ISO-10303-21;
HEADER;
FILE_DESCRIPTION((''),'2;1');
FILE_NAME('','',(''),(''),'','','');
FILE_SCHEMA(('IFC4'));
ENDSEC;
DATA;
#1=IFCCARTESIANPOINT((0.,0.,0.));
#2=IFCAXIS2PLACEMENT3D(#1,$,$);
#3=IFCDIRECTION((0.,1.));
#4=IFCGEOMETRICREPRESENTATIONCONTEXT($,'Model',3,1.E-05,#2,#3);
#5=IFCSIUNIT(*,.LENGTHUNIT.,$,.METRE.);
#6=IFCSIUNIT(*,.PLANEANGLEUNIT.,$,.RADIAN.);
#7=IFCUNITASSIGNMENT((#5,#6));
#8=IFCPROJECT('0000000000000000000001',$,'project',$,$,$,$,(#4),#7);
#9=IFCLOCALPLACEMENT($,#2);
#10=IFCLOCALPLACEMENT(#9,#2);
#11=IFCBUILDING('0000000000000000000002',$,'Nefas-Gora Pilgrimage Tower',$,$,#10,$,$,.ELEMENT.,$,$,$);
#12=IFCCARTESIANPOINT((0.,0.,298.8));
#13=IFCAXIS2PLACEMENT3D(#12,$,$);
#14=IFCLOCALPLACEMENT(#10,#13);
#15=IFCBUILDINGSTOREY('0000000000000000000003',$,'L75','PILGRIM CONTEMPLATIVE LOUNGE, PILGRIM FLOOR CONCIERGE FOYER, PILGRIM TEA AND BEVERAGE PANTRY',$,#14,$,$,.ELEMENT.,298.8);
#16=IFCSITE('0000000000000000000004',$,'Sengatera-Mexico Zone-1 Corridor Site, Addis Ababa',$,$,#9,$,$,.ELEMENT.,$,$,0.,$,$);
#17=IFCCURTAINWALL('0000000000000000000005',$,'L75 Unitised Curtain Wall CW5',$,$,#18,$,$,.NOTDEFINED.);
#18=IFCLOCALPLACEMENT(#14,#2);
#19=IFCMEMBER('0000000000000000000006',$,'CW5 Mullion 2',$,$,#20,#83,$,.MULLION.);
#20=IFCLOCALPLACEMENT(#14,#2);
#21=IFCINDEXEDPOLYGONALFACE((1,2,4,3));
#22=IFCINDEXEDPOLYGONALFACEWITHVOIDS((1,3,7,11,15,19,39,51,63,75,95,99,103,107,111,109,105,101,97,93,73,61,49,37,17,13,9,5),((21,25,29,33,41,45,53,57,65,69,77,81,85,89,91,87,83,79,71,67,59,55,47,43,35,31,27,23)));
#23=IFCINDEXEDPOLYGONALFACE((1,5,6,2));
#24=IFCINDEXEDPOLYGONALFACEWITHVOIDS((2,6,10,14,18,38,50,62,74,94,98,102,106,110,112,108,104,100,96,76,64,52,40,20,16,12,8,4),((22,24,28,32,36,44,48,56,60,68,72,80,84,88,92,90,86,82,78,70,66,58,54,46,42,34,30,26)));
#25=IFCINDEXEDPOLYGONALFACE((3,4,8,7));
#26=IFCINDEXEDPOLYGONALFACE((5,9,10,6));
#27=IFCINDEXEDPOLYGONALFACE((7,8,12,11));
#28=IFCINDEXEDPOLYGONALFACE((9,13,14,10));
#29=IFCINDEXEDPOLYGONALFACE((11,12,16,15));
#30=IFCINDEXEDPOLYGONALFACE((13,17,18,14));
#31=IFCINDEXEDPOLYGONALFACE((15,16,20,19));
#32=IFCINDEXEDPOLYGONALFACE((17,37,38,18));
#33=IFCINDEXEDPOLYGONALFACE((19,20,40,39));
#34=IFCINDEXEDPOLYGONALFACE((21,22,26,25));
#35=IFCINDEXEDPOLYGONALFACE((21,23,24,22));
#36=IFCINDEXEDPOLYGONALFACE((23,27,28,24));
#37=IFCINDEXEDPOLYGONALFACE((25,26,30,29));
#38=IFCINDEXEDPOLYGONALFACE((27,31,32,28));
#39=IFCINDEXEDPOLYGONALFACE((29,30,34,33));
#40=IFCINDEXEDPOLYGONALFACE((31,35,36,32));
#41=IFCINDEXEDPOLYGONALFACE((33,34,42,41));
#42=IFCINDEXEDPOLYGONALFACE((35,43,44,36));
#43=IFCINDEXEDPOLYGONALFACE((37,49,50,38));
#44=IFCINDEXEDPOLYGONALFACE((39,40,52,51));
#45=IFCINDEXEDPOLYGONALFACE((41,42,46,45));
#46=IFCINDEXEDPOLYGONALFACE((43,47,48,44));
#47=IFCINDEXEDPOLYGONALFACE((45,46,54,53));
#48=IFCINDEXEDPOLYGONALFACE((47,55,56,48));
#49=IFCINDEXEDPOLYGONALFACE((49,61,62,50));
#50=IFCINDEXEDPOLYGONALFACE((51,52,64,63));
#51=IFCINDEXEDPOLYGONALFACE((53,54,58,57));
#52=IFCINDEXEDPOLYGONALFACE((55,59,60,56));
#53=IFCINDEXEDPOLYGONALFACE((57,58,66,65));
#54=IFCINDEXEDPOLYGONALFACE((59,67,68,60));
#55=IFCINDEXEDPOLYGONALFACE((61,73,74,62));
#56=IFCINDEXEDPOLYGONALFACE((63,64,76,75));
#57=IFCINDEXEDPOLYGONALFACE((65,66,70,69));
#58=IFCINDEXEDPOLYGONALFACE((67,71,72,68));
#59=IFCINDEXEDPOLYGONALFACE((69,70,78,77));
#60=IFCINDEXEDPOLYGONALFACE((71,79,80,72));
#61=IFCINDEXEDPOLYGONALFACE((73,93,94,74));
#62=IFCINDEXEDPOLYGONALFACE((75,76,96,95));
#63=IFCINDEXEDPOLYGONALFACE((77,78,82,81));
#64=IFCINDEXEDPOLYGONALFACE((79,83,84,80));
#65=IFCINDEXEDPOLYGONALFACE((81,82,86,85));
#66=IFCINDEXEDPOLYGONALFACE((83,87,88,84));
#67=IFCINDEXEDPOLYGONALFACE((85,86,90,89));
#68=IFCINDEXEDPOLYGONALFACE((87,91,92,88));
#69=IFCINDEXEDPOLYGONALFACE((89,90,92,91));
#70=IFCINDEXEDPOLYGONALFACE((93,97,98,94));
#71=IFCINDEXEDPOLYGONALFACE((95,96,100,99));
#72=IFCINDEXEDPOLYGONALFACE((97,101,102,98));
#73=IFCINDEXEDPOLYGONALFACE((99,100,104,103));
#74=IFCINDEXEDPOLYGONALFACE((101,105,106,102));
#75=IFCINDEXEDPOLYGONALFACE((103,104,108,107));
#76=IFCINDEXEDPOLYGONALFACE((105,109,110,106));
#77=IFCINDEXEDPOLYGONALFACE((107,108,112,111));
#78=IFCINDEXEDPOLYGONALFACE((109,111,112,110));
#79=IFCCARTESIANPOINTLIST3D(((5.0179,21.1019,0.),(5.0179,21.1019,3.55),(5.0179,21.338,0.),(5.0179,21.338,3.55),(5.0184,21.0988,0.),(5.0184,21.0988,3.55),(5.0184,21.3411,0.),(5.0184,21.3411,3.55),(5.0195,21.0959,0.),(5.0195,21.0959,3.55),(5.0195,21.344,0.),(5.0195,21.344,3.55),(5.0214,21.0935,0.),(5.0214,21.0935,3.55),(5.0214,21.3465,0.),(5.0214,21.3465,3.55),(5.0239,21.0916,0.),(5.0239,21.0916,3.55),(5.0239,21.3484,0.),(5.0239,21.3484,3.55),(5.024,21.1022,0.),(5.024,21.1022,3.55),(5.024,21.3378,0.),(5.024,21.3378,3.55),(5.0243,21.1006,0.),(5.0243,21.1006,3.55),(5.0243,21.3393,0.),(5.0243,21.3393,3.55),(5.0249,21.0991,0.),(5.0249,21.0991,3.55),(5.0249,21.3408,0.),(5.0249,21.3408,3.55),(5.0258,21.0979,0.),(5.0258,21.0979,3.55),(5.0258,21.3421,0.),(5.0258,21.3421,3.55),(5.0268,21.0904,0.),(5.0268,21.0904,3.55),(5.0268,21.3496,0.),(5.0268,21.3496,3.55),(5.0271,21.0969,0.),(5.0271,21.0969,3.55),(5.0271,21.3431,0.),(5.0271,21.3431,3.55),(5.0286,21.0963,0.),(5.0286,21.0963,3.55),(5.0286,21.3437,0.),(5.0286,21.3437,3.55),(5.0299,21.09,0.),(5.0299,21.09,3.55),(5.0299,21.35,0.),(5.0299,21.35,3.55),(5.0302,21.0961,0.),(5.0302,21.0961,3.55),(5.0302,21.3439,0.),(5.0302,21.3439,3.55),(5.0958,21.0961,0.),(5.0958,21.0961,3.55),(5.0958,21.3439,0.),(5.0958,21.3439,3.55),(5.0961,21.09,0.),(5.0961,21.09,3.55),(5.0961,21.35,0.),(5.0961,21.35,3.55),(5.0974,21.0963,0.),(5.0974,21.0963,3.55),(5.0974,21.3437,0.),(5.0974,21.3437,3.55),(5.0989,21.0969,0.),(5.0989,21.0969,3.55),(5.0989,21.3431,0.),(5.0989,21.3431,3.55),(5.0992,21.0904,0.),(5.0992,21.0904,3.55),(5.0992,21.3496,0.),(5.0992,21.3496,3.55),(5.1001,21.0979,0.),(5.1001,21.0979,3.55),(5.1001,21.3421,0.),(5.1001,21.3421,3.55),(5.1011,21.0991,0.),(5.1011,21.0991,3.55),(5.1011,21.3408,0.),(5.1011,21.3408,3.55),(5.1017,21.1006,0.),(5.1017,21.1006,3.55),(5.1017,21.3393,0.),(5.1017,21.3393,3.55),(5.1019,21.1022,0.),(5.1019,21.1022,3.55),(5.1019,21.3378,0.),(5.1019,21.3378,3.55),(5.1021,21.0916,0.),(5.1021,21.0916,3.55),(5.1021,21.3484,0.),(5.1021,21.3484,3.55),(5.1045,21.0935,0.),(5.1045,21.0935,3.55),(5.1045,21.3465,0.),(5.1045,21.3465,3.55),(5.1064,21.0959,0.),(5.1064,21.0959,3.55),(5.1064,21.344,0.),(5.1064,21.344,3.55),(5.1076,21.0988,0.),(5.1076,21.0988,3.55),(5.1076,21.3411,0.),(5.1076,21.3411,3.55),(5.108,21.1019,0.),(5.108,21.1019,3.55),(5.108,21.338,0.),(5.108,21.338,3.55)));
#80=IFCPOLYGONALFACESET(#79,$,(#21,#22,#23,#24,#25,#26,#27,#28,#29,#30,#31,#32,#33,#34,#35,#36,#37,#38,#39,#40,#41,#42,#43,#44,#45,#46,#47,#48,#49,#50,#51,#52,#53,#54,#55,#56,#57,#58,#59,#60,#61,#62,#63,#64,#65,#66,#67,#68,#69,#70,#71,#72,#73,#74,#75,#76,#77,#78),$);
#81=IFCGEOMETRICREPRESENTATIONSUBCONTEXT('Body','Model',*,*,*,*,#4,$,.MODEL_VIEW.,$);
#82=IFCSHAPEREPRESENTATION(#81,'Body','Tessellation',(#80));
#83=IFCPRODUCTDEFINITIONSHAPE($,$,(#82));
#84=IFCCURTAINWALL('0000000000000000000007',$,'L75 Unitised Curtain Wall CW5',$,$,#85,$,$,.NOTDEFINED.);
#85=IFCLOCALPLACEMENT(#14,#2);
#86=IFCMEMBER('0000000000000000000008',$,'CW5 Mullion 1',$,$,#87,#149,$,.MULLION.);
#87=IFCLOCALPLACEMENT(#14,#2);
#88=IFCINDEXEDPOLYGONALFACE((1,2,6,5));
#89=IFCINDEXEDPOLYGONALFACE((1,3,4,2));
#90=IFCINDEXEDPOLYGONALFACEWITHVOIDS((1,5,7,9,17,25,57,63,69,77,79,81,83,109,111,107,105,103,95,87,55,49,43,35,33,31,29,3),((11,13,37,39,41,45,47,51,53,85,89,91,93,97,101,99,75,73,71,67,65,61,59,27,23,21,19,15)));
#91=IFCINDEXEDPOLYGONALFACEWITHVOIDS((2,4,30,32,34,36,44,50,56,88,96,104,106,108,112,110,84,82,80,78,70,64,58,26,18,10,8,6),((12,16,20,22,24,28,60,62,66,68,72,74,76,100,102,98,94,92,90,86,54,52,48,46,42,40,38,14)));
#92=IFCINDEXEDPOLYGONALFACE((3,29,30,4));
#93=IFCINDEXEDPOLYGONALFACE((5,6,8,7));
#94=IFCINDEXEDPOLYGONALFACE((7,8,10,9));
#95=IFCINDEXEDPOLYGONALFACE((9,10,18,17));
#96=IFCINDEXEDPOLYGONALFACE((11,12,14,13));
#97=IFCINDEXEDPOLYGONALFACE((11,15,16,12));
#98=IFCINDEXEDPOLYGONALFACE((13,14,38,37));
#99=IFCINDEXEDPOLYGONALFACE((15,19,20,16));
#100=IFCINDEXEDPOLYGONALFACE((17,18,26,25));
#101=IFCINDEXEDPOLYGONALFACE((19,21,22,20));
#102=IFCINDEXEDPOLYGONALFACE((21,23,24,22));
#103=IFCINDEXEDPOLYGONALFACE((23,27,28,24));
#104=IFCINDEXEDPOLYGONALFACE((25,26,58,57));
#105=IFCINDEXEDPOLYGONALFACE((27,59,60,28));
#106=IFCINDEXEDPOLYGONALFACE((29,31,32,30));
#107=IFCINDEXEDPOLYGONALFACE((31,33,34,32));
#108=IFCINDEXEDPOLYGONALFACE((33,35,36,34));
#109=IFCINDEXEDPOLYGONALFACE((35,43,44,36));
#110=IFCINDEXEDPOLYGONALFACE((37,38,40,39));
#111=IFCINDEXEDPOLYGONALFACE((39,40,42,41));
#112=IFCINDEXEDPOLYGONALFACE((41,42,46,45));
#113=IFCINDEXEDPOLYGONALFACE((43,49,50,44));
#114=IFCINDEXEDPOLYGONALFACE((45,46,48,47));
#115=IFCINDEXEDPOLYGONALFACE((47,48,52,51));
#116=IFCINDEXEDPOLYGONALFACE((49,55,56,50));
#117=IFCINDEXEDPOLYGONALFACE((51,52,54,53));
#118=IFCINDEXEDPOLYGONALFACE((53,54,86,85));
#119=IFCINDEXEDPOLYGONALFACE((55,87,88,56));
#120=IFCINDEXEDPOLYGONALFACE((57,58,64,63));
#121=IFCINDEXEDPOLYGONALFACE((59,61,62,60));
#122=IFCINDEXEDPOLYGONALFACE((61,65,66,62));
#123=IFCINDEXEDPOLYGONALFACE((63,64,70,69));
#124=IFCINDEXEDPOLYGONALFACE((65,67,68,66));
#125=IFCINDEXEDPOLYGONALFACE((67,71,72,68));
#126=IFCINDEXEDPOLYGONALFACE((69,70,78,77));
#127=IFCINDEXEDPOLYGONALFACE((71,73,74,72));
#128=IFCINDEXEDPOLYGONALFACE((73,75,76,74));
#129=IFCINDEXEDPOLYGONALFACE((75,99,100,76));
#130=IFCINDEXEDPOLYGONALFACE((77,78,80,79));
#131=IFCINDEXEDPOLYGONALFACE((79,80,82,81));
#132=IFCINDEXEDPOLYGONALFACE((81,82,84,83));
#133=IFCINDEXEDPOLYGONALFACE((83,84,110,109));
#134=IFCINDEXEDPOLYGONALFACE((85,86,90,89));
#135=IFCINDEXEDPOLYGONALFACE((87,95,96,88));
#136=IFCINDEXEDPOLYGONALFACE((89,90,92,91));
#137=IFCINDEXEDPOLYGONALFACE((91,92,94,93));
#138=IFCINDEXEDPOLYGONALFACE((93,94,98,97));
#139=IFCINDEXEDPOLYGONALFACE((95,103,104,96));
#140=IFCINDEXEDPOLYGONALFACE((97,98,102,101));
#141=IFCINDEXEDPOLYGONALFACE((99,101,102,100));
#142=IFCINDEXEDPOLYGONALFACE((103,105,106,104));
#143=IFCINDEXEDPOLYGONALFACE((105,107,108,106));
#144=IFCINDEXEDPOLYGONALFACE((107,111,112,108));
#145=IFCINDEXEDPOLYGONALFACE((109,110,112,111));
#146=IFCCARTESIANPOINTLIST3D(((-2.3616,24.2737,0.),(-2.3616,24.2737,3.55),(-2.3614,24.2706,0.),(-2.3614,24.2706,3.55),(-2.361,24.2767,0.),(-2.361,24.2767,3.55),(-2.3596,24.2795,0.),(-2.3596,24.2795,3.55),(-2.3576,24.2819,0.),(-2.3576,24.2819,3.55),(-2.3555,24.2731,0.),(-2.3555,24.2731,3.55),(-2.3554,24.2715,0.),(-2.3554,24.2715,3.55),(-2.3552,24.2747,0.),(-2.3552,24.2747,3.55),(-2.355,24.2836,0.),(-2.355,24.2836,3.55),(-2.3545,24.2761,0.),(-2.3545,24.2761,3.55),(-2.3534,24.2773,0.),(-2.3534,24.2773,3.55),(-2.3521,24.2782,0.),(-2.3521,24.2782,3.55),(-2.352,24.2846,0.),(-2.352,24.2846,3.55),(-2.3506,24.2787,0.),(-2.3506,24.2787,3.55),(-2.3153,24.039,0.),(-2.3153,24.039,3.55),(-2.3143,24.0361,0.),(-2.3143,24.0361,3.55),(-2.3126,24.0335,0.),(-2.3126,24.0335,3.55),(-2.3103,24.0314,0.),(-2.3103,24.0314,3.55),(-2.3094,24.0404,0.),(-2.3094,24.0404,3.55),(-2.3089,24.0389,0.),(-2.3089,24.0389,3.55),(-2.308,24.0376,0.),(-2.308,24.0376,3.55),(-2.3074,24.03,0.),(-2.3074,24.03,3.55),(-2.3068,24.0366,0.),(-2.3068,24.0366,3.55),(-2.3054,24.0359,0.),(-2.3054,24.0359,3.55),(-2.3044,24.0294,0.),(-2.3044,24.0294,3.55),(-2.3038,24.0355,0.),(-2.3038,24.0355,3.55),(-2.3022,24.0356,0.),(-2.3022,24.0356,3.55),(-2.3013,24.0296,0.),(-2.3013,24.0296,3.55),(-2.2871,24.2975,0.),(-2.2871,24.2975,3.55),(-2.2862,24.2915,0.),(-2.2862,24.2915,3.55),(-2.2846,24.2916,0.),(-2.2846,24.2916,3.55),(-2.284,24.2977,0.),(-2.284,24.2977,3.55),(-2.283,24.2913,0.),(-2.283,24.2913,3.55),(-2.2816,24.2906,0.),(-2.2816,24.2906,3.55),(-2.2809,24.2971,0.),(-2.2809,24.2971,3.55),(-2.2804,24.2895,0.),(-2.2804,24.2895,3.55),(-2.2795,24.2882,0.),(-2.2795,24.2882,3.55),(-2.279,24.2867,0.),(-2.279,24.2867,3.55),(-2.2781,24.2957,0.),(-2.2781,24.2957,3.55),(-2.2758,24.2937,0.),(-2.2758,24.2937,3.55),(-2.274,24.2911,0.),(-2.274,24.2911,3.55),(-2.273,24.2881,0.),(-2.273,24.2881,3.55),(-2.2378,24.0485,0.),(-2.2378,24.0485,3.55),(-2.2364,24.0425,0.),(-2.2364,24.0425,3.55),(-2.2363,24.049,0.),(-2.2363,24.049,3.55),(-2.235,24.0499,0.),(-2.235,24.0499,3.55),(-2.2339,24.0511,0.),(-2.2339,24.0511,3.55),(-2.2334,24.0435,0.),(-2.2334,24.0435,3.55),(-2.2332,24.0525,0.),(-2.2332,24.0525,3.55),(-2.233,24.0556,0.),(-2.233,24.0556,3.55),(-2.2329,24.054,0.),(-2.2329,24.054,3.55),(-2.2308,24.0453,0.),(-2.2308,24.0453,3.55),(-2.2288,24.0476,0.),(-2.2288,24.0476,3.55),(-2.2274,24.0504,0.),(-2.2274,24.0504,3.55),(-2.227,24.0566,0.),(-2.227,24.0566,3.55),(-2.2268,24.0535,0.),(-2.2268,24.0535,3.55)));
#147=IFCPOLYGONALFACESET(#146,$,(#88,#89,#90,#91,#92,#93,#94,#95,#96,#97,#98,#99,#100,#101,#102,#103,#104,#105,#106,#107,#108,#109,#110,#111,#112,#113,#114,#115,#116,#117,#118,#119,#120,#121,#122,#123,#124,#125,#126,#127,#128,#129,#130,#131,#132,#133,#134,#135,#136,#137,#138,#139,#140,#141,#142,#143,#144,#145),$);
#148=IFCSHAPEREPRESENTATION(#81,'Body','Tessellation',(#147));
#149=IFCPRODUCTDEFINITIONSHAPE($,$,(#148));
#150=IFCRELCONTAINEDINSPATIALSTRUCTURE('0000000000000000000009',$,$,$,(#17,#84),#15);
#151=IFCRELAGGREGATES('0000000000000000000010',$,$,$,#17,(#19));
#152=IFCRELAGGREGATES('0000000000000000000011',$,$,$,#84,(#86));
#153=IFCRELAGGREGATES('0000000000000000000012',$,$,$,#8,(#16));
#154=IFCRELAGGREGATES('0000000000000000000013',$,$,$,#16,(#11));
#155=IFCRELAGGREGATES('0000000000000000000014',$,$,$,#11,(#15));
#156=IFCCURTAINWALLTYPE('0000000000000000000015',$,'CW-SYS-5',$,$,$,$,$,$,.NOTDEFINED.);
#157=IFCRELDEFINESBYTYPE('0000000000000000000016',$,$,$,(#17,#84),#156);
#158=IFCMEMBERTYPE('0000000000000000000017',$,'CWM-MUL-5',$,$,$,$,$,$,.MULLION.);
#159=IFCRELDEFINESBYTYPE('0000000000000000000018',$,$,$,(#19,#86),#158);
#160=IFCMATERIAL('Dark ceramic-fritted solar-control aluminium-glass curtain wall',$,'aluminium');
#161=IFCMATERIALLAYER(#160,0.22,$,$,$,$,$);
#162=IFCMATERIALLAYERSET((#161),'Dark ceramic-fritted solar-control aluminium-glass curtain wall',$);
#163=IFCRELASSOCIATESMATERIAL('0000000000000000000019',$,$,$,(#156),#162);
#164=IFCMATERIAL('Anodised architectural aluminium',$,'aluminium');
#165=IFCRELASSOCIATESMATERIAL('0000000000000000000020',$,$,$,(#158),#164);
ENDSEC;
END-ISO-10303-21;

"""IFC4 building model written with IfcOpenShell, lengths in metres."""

from ifc_helpers import new_model, si_unit, direction, frame, origin, origin_2d, place, context, subcontext, project, spatial, hollow_rectangle, extrude, source, transform, mapped, material, layer, layer_set, material_profile, profile_set, type_object, element, aggregate, save


model = new_model("IFC4")

# Units and contexts
model_context = context("Model", 3, precision=1e-05, world=origin(), true_north=direction((0.0, 1.0)))
body_context = subcontext(model_context, "Body", "Model", "MODEL_VIEW")
ifc_project = project(units=[si_unit("LENGTHUNIT", "METRE"), si_unit("PLANEANGLEUNIT", "RADIAN")], contexts=[model_context])

# Site, building, storey
site_placement = place(None, origin())
site = spatial("IfcSite", under=ifc_project, at=site_placement, Name="Sengatera-Mexico Zone-1 Corridor Site, Addis Ababa", CompositionType="ELEMENT", RefElevation=0.0)
building_placement = place(site_placement, origin())
building = spatial("IfcBuilding", under=site, at=building_placement, Name="Nefas-Gora Pilgrimage Tower", CompositionType="ELEMENT")
storey_placement = place(building_placement, frame((0.0, 0.0, 298.8)))
storey = spatial("IfcBuildingStorey", under=building, at=storey_placement, Name="L75", Description="PILGRIM CONTEMPLATIVE LOUNGE, PILGRIM FLOOR CONCIERGE FOYER, PILGRIM TEA AND BEVERAGE PANTRY", CompositionType="ELEMENT", Elevation=298.8)

# Curtain wall, member
ifc_material_1 = material(Name="Dark ceramic-fritted solar-control aluminium-glass curtain wall", Category="aluminium")
ifc_layer_1 = layer(ifc_material_1, 0.22)
ifc_layer_set_1 = layer_set([ifc_layer_1], Name="Dark ceramic-fritted solar-control aluminium-glass curtain wall")
curtain_wall_type = type_object("IfcCurtainWallType", Name="CW-SYS-5", PredefinedType="NOTDEFINED", material=ifc_layer_set_1)
curtain_wall_1_placement = place(storey_placement, origin())
curtain_wall_1 = element("IfcCurtainWall", 1, at=curtain_wall_1_placement, inside=storey, type_object=curtain_wall_type, Name="L75 Unitised Curtain Wall CW5", PredefinedType="NOTDEFINED")
ifc_material_2 = material(Name="Anodised architectural aluminium", Category="aluminium")
ifc_material_profile_1 = material_profile(ifc_material_2, hollow_rectangle(XDim=0.0901, YDim=0.26, WallThickness=0.0061, InnerFilletRadius=0.0061, OuterFilletRadius=0.012, at=origin_2d()), Name="ALU MULLION 90x260")
ifc_profile_set_1 = profile_set([ifc_material_profile_1], Name="Anodised architectural aluminium")
member_type_1 = type_object("IfcMemberType", Name="CWM-MUL-5", PredefinedType="MULLION", material=ifc_profile_set_1)
shared_shape_1 = source(origin(), body_context, "Body", "SweptSolid", [
    extrude(hollow_rectangle(XDim=0.0901, YDim=0.26, WallThickness=0.0061, InnerFilletRadius=0.0061, OuterFilletRadius=0.012, at=origin_2d()), origin(), (0.0, 0.0, 1.0), 3.55),
])
member_1_placement = place(storey_placement, frame((5.063, 21.22, 0.0), z_axis=(0.0, 0.0, 1.0), x_axis=(-1.0, 0.0, 0.0)))
member_1 = element("IfcMember", 2, at=member_1_placement, type_object=member_type_1, Name="CW5 Mullion 2", PredefinedType="MULLION", context=body_context, shape_type="MappedRepresentation", body=[
    mapped(shared_shape_1, transform((0.0, 0.0, 0.0), x_axis=(1.0, 0.0, 0.0), y_axis=(0.0, 1.0, 0.0), z_axis=(0.0, 0.0, 1.0), scale=1.0)),
])
aggregate(curtain_wall_1, [member_1])

# Curtain wall, member
curtain_wall_2_placement = place(storey_placement, origin())
curtain_wall_2 = element("IfcCurtainWall", 3, at=curtain_wall_2_placement, inside=storey, type_object=curtain_wall_type, Name="L75 Unitised Curtain Wall CW5", PredefinedType="NOTDEFINED")
member_2_placement = place(storey_placement, frame((-2.2942, 24.1636, 0.0), z_axis=(0.0, 0.0, 1.0), x_axis=(-0.980783, -0.195102, 0.0)))
member_2 = element("IfcMember", 4, at=member_2_placement, type_object=member_type_1, Name="CW5 Mullion 1", PredefinedType="MULLION", context=body_context, shape_type="MappedRepresentation", body=[
    mapped(shared_shape_1, transform((0.0, 0.0, 0.0), x_axis=(1.0, 0.0, 0.0), y_axis=(0.0, 1.0, 0.0), z_axis=(0.0, 0.0, 1.0), scale=1.0)),
])
aggregate(curtain_wall_2, [member_2])

save(model, "model.ifc")
